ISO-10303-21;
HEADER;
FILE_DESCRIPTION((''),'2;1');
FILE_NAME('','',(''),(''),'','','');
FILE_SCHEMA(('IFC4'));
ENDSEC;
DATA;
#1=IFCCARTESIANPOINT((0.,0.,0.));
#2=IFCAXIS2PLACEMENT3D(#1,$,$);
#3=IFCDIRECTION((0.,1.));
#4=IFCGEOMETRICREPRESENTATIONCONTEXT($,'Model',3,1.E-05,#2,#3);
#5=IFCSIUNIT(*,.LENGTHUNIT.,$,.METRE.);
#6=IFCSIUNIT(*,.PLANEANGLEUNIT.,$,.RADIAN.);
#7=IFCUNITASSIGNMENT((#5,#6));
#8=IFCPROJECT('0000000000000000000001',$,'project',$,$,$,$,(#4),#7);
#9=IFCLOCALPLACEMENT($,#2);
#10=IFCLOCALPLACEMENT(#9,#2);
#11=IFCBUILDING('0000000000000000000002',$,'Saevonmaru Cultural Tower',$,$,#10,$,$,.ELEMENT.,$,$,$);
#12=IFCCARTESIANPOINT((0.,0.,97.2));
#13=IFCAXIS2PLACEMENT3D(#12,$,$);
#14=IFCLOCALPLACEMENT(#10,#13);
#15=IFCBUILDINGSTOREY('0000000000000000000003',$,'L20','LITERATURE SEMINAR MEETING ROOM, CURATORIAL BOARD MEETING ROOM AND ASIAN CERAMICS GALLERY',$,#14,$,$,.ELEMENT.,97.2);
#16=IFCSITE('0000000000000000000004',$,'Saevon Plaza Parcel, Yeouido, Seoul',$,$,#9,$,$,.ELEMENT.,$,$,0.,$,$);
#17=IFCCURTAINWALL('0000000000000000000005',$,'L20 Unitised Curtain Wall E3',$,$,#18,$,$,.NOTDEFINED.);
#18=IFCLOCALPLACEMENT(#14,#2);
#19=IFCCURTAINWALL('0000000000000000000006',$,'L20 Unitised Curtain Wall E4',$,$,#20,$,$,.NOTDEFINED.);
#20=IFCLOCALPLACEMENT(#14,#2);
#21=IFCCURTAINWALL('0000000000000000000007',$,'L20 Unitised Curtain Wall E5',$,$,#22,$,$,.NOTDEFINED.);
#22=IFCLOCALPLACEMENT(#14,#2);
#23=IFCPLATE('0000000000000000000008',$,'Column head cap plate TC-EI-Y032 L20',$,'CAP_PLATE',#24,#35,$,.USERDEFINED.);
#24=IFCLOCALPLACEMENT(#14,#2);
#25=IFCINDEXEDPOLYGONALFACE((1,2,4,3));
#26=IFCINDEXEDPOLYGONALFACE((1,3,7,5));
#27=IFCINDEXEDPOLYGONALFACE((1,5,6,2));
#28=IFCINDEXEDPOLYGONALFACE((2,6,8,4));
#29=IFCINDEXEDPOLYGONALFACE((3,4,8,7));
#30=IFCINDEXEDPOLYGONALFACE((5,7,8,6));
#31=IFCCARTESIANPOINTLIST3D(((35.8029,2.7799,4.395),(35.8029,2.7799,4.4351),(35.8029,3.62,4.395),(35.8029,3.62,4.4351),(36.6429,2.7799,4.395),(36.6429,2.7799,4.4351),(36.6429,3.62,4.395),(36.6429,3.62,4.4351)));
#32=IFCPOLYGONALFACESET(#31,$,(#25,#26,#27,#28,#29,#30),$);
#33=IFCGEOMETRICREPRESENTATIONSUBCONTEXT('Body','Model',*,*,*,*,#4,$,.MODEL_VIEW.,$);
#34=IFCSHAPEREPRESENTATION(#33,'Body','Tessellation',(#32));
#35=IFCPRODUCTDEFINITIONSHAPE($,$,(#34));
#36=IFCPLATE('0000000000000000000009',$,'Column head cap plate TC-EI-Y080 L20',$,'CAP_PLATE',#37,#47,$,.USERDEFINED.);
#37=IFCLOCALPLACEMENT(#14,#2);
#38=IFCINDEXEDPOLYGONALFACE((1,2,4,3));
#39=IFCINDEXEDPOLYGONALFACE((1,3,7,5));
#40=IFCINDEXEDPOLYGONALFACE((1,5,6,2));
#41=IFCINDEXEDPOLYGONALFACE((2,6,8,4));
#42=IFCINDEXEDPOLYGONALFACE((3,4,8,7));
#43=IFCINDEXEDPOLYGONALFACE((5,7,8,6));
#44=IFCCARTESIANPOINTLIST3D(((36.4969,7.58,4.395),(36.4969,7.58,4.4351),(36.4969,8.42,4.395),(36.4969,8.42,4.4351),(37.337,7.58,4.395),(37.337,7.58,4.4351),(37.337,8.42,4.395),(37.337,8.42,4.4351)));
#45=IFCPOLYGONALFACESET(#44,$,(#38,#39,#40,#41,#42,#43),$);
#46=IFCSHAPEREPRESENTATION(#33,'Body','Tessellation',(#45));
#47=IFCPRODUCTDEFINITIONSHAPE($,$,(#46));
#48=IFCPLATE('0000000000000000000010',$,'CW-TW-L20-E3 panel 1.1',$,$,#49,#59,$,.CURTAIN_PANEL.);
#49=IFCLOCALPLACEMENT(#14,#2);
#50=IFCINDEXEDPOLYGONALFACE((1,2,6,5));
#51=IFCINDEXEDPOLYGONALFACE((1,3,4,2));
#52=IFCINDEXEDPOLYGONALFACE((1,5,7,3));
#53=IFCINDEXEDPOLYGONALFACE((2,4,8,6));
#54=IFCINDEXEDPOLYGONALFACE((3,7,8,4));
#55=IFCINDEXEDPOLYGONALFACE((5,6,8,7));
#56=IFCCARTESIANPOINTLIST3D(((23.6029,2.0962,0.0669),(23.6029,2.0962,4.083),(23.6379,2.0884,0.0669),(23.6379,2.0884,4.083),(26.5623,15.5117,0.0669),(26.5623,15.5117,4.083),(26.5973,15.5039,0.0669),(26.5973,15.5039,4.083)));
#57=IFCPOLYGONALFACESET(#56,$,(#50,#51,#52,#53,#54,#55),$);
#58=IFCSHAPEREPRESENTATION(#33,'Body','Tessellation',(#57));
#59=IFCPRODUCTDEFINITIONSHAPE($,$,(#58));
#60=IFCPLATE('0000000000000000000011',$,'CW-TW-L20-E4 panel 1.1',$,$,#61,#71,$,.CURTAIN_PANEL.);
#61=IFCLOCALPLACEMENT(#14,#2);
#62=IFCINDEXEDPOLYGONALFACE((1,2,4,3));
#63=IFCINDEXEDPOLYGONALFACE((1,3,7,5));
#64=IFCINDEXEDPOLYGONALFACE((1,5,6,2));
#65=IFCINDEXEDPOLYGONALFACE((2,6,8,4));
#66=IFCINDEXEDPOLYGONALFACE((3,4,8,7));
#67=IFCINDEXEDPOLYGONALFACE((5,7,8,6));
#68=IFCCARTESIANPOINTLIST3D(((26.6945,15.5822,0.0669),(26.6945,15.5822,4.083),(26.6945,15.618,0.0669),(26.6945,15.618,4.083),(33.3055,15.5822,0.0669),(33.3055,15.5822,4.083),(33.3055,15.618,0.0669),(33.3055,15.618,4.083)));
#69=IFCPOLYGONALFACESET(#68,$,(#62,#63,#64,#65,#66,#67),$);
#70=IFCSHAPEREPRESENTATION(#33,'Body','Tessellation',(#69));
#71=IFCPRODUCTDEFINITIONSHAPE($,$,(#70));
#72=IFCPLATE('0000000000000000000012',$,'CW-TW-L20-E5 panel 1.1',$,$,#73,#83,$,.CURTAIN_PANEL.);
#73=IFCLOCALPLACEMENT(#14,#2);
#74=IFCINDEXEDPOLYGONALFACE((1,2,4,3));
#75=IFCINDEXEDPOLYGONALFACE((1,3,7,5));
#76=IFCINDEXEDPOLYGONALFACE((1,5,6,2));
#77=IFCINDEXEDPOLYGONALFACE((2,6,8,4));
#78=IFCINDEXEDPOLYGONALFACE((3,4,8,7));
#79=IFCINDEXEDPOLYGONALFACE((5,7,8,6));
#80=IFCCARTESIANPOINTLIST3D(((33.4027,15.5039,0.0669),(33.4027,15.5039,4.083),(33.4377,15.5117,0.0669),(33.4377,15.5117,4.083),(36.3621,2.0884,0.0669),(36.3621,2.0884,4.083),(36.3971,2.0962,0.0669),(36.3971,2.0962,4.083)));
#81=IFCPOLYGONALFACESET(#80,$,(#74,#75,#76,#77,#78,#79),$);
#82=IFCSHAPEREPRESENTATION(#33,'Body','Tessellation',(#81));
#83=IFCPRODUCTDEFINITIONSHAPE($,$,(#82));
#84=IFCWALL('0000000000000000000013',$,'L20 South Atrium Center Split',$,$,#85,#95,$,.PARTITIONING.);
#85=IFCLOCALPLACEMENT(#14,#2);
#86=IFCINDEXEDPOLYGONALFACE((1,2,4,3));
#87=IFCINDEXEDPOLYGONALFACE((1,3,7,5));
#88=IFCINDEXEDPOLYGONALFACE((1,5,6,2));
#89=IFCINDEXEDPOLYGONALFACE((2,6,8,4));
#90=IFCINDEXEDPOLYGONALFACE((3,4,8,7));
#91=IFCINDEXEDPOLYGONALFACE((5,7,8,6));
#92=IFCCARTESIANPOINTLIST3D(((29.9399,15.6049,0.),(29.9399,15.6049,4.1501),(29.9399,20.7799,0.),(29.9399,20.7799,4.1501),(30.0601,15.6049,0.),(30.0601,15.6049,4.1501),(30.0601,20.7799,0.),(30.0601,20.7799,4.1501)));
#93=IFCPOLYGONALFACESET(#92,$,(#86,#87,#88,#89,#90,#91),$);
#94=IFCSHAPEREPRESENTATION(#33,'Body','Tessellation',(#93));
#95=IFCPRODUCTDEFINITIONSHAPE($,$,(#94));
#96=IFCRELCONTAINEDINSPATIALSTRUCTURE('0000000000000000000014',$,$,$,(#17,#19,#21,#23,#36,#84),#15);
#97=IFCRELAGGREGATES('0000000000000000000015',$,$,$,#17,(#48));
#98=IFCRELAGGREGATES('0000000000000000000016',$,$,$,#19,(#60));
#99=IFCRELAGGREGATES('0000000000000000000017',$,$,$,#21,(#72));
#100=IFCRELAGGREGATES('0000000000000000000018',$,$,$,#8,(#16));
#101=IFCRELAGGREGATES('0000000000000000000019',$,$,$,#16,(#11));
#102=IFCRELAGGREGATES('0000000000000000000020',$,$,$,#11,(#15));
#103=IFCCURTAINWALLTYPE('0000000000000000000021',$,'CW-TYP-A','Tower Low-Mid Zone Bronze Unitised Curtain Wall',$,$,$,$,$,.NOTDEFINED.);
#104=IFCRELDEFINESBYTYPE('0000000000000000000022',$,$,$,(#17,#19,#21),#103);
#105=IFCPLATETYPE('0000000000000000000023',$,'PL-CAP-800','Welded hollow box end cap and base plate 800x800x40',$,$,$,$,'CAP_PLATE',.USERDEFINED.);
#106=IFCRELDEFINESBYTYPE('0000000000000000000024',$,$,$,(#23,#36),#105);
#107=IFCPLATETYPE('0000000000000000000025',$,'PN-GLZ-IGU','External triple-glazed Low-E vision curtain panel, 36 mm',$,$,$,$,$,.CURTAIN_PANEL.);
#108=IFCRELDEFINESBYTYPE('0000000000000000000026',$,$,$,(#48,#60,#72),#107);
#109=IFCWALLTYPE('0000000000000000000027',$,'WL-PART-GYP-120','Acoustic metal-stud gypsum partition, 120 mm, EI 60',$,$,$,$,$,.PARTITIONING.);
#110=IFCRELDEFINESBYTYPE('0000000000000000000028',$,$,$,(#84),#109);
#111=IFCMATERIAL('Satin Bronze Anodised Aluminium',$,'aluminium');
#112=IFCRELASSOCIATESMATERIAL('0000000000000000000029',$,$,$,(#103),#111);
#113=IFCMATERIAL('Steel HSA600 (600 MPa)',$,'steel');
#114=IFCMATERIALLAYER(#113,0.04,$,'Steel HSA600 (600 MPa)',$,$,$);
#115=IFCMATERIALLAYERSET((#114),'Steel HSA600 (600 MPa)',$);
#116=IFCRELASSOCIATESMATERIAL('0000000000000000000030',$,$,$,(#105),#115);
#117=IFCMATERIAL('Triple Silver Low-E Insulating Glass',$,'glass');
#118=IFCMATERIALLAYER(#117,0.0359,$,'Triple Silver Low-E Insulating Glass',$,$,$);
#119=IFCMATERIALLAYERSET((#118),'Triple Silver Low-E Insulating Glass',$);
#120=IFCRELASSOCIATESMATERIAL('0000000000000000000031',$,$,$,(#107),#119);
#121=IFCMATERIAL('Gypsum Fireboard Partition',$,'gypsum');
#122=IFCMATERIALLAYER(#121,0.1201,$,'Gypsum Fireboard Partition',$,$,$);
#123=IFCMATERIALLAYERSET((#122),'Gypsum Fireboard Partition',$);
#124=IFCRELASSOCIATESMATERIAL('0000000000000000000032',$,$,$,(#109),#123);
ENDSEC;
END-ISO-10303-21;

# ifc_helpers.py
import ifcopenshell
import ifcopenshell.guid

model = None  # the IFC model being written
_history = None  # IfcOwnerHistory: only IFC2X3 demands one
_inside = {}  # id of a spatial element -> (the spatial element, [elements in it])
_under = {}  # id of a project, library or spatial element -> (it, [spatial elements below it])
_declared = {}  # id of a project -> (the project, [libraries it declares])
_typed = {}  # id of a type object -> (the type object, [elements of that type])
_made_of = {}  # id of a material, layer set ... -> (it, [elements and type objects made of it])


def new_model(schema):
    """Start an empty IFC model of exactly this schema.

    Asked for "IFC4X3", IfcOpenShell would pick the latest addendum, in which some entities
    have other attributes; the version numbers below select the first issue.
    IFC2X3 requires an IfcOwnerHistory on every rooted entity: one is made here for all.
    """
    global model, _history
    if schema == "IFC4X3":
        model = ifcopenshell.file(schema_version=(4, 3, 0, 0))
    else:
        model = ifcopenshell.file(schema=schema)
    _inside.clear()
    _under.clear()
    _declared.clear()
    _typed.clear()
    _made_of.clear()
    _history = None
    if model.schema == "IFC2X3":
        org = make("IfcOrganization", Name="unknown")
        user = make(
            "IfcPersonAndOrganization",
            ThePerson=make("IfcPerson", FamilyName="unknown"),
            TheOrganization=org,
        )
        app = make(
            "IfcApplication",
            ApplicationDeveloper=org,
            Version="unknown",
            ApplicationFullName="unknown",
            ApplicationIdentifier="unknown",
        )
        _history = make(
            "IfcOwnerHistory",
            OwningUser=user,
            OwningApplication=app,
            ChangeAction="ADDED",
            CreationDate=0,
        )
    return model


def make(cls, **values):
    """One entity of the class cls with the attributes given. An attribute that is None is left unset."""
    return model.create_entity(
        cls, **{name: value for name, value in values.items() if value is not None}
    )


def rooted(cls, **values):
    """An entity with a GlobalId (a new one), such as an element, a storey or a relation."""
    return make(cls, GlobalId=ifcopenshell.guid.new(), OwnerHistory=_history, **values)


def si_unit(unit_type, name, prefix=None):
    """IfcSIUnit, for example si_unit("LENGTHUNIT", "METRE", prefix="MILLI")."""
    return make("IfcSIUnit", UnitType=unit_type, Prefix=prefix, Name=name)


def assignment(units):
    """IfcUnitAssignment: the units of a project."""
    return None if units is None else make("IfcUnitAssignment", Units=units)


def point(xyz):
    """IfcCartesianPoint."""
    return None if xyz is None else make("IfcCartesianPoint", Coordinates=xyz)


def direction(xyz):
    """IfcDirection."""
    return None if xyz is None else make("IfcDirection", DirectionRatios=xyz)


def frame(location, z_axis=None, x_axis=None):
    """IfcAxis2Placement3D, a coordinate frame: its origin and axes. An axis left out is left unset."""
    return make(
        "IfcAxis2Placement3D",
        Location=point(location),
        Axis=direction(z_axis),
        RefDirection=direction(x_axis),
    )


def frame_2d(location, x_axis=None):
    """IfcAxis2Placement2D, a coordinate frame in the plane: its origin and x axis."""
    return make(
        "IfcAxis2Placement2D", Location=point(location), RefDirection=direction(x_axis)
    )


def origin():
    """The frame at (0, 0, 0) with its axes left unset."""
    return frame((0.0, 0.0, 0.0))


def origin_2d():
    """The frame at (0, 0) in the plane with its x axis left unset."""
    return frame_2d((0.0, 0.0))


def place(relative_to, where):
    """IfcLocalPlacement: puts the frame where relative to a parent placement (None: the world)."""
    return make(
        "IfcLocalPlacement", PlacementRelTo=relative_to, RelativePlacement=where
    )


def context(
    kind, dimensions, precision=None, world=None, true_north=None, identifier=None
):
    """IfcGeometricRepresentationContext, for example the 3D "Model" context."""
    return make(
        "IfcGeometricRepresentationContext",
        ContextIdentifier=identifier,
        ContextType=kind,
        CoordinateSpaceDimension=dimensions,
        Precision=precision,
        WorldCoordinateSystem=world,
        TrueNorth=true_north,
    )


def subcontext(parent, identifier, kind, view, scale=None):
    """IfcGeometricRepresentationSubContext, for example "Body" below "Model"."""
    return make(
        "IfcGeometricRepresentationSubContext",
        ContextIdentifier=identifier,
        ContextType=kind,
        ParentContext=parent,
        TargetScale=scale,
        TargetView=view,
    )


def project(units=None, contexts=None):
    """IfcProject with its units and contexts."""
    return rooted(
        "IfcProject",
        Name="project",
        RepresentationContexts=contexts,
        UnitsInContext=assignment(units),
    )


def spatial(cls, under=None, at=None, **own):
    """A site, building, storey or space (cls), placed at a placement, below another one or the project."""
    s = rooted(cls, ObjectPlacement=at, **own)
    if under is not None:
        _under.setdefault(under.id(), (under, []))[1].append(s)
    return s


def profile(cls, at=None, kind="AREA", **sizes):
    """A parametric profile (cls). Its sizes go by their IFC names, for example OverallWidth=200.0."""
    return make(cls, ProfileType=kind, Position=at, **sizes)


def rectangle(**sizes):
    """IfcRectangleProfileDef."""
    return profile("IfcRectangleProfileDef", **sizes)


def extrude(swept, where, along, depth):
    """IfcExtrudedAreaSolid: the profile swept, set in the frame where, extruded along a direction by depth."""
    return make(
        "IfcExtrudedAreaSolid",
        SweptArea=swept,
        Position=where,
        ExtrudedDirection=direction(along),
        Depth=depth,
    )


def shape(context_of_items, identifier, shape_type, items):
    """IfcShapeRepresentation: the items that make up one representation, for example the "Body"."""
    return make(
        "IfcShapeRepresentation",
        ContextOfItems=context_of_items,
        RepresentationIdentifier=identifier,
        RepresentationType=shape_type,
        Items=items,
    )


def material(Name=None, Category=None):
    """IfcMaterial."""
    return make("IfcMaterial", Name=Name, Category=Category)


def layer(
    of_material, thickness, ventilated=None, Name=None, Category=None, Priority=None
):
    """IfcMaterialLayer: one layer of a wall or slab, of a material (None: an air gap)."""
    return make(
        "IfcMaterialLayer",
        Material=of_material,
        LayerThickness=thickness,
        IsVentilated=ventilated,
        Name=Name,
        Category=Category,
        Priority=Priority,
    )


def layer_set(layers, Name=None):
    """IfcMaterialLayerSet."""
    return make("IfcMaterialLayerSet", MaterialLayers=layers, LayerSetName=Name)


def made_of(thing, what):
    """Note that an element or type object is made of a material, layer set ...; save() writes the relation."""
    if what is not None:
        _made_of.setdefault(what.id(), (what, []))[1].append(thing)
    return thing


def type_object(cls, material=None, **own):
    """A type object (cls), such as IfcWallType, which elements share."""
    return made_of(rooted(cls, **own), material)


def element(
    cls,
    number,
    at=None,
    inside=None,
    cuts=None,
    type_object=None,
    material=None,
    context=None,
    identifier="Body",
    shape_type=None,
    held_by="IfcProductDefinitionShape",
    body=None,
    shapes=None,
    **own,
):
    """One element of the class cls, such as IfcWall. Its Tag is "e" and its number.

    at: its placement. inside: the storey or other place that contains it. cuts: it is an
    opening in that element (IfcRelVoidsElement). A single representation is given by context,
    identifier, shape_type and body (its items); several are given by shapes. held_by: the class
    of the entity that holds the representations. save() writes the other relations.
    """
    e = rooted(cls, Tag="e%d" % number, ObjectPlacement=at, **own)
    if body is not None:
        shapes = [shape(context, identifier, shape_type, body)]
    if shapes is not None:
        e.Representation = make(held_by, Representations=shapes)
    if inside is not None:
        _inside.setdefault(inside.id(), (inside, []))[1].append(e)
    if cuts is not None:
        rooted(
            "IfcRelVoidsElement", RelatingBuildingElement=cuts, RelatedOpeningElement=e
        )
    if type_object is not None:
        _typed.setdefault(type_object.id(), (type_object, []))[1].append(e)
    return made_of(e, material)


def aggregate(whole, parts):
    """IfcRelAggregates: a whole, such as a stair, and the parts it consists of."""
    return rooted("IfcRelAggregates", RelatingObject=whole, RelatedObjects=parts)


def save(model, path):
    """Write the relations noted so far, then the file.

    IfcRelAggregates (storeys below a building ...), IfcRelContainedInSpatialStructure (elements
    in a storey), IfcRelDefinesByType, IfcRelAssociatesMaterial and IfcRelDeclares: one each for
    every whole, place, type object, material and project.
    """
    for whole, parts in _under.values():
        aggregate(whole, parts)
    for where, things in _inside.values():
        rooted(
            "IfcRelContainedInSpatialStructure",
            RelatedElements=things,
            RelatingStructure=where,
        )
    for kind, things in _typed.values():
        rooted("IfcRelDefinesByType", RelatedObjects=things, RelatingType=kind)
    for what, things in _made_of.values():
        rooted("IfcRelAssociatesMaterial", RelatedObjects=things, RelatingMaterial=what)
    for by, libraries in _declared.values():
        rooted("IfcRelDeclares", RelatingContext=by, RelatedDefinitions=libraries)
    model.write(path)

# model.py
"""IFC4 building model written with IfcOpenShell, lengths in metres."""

from ifc_helpers import new_model, si_unit, direction, frame, frame_2d, origin, origin_2d, place, context, subcontext, project, spatial, rectangle, extrude, material, layer, layer_set, type_object, element, aggregate, save


model = new_model("IFC4")

# Units and contexts
model_context = context("Model", 3, precision=1e-05, world=origin(), true_north=direction((0.0, 1.0)))
body_context = subcontext(model_context, "Body", "Model", "MODEL_VIEW")
ifc_project = project(units=[si_unit("LENGTHUNIT", "METRE"), si_unit("PLANEANGLEUNIT", "RADIAN")], contexts=[model_context])

# Site, building, storey
site_placement = place(None, origin())
site = spatial("IfcSite", under=ifc_project, at=site_placement, Name="Saevon Plaza Parcel, Yeouido, Seoul", CompositionType="ELEMENT", RefElevation=0.0)
building_placement = place(site_placement, origin())
building = spatial("IfcBuilding", under=site, at=building_placement, Name="Saevonmaru Cultural Tower", CompositionType="ELEMENT")
storey_placement = place(building_placement, frame((0.0, 0.0, 97.2)))
storey = spatial("IfcBuildingStorey", under=building, at=storey_placement, Name="L20", Description="LITERATURE SEMINAR MEETING ROOM, CURATORIAL BOARD MEETING ROOM AND ASIAN CERAMICS GALLERY", CompositionType="ELEMENT", Elevation=97.2)

# Shared definitions
ifc_material_1 = material(Name="Steel HSA600 (600 MPa)", Category="steel")

# Curtain wall
ifc_material_2 = material(Name="Satin Bronze Anodised Aluminium", Category="aluminium")
curtain_wall_type = type_object("IfcCurtainWallType", Name="CW-TYP-A", Description="Tower Low-Mid Zone Bronze Unitised Curtain Wall", PredefinedType="NOTDEFINED", material=ifc_material_2)
curtain_wall_1_placement = place(storey_placement, origin())
curtain_wall_1 = element("IfcCurtainWall", 1, at=curtain_wall_1_placement, inside=storey, type_object=curtain_wall_type, Name="L20 Unitised Curtain Wall E3", PredefinedType="NOTDEFINED")

# Curtain walls
curtain_wall_2_placement = place(storey_placement, origin())
curtain_wall_2 = element("IfcCurtainWall", 2, at=curtain_wall_2_placement, inside=storey, type_object=curtain_wall_type, Name="L20 Unitised Curtain Wall E4", PredefinedType="NOTDEFINED")
curtain_wall_3_placement = place(storey_placement, origin())
curtain_wall_3 = element("IfcCurtainWall", 3, at=curtain_wall_3_placement, inside=storey, type_object=curtain_wall_type, Name="L20 Unitised Curtain Wall E5", PredefinedType="NOTDEFINED")

# Plates
ifc_layer_1 = layer(ifc_material_1, 0.04, Name="Steel HSA600 (600 MPa)")
ifc_layer_set_1 = layer_set([ifc_layer_1], Name="Steel HSA600 (600 MPa)")
plate_type_1 = type_object("IfcPlateType", Name="PL-CAP-800", Description="Welded hollow box end cap and base plate 800x800x40", ElementType="CAP_PLATE", PredefinedType="USERDEFINED", material=ifc_layer_set_1)
for number, where, z_axis, x_axis, name in (
    (4, (36.2229, 3.2, 4.395), (0.0, 0.0, 1.0), (1.0, 0.0, 0.0), "Column head cap plate TC-EI-Y032 L20"),
    (5, (36.917, 8.0, 4.395), (0.0, 0.0, 1.0), (1.0, 0.0, 0.0), "Column head cap plate TC-EI-Y080 L20"),
):
    element("IfcPlate", number, at=place(storey_placement, frame(where, z_axis=z_axis, x_axis=x_axis)), inside=storey, type_object=plate_type_1, Name=name, ObjectType="CAP_PLATE", PredefinedType="USERDEFINED", context=body_context, shape_type="SweptSolid", body=[
        extrude(rectangle(XDim=0.8401, YDim=0.8401, at=origin_2d()), origin(), (0.0, 0.0, 1.0), 0.04),
    ])

# Plates
ifc_material_3 = material(Name="Triple Silver Low-E Insulating Glass", Category="glass")
ifc_layer_2 = layer(ifc_material_3, 0.0359, Name="Triple Silver Low-E Insulating Glass")
ifc_layer_set_2 = layer_set([ifc_layer_2], Name="Triple Silver Low-E Insulating Glass")
plate_type_2 = type_object("IfcPlateType", Name="PN-GLZ-IGU", Description="External triple-glazed Low-E vision curtain panel, 36 mm", PredefinedType="CURTAIN_PANEL", material=ifc_layer_set_2)
plate_1_placement = place(storey_placement, frame((25.1001, 8.8, 0.0669), z_axis=(0.0, 0.0, 1.0), x_axis=(0.215413, 0.976523, 0.0)))
plate_1 = element("IfcPlate", 6, at=plate_1_placement, type_object=plate_type_2, Name="CW-TW-L20-E3 panel 1.1", PredefinedType="CURTAIN_PANEL", context=body_context, shape_type="SweptSolid", body=[
    extrude(rectangle(XDim=13.738, YDim=0.0359, at=origin_2d()), origin(), (0.0, 0.0, 1.0), 4.0161),
])
aggregate(curtain_wall_1, [plate_1])
plate_2_placement = place(storey_placement, frame((30.0, 15.6001, 0.0669), z_axis=(0.0, 0.0, 1.0), x_axis=(1.0, 0.0, 0.0)))
plate_2 = element("IfcPlate", 7, at=plate_2_placement, type_object=plate_type_2, Name="CW-TW-L20-E4 panel 1.1", PredefinedType="CURTAIN_PANEL", context=body_context, shape_type="SweptSolid", body=[
    extrude(rectangle(XDim=6.6111, YDim=0.0359, at=origin_2d()), origin(), (0.0, 0.0, 1.0), 4.0161),
])
aggregate(curtain_wall_2, [plate_2])
plate_3_placement = place(storey_placement, frame((34.8999, 8.8, 0.0669), z_axis=(0.0, 0.0, 1.0), x_axis=(0.215413, -0.976523, 0.0)))
plate_3 = element("IfcPlate", 8, at=plate_3_placement, type_object=plate_type_2, Name="CW-TW-L20-E5 panel 1.1", PredefinedType="CURTAIN_PANEL", context=body_context, shape_type="SweptSolid", body=[
    extrude(rectangle(XDim=13.738, YDim=0.0359, at=origin_2d()), origin(), (0.0, 0.0, 1.0), 4.0161),
])
aggregate(curtain_wall_3, [plate_3])

# Wall
ifc_material_4 = material(Name="Gypsum Fireboard Partition", Category="gypsum")
ifc_layer_3 = layer(ifc_material_4, 0.1201, Name="Gypsum Fireboard Partition")
ifc_layer_set_3 = layer_set([ifc_layer_3], Name="Gypsum Fireboard Partition")
wall_type = type_object("IfcWallType", Name="WL-PART-GYP-120", Description="Acoustic metal-stud gypsum partition, 120 mm, EI 60", PredefinedType="PARTITIONING", material=ifc_layer_set_3)
wall_placement = place(storey_placement, frame((30.0, 15.605, 0.0), z_axis=(0.0, 0.0, 1.0), x_axis=(0.0, 1.0, 0.0)))
element("IfcWall", 9, at=wall_placement, inside=storey, type_object=wall_type, Name="L20 South Atrium Center Split", PredefinedType="PARTITIONING", context=body_context, shape_type="SweptSolid", body=[
    extrude(rectangle(XDim=5.175, YDim=0.1201, at=frame_2d((2.5874, 0.0))), origin(), (0.0, 0.0, 1.0), 4.1501),
])

save(model, "model.ifc")
